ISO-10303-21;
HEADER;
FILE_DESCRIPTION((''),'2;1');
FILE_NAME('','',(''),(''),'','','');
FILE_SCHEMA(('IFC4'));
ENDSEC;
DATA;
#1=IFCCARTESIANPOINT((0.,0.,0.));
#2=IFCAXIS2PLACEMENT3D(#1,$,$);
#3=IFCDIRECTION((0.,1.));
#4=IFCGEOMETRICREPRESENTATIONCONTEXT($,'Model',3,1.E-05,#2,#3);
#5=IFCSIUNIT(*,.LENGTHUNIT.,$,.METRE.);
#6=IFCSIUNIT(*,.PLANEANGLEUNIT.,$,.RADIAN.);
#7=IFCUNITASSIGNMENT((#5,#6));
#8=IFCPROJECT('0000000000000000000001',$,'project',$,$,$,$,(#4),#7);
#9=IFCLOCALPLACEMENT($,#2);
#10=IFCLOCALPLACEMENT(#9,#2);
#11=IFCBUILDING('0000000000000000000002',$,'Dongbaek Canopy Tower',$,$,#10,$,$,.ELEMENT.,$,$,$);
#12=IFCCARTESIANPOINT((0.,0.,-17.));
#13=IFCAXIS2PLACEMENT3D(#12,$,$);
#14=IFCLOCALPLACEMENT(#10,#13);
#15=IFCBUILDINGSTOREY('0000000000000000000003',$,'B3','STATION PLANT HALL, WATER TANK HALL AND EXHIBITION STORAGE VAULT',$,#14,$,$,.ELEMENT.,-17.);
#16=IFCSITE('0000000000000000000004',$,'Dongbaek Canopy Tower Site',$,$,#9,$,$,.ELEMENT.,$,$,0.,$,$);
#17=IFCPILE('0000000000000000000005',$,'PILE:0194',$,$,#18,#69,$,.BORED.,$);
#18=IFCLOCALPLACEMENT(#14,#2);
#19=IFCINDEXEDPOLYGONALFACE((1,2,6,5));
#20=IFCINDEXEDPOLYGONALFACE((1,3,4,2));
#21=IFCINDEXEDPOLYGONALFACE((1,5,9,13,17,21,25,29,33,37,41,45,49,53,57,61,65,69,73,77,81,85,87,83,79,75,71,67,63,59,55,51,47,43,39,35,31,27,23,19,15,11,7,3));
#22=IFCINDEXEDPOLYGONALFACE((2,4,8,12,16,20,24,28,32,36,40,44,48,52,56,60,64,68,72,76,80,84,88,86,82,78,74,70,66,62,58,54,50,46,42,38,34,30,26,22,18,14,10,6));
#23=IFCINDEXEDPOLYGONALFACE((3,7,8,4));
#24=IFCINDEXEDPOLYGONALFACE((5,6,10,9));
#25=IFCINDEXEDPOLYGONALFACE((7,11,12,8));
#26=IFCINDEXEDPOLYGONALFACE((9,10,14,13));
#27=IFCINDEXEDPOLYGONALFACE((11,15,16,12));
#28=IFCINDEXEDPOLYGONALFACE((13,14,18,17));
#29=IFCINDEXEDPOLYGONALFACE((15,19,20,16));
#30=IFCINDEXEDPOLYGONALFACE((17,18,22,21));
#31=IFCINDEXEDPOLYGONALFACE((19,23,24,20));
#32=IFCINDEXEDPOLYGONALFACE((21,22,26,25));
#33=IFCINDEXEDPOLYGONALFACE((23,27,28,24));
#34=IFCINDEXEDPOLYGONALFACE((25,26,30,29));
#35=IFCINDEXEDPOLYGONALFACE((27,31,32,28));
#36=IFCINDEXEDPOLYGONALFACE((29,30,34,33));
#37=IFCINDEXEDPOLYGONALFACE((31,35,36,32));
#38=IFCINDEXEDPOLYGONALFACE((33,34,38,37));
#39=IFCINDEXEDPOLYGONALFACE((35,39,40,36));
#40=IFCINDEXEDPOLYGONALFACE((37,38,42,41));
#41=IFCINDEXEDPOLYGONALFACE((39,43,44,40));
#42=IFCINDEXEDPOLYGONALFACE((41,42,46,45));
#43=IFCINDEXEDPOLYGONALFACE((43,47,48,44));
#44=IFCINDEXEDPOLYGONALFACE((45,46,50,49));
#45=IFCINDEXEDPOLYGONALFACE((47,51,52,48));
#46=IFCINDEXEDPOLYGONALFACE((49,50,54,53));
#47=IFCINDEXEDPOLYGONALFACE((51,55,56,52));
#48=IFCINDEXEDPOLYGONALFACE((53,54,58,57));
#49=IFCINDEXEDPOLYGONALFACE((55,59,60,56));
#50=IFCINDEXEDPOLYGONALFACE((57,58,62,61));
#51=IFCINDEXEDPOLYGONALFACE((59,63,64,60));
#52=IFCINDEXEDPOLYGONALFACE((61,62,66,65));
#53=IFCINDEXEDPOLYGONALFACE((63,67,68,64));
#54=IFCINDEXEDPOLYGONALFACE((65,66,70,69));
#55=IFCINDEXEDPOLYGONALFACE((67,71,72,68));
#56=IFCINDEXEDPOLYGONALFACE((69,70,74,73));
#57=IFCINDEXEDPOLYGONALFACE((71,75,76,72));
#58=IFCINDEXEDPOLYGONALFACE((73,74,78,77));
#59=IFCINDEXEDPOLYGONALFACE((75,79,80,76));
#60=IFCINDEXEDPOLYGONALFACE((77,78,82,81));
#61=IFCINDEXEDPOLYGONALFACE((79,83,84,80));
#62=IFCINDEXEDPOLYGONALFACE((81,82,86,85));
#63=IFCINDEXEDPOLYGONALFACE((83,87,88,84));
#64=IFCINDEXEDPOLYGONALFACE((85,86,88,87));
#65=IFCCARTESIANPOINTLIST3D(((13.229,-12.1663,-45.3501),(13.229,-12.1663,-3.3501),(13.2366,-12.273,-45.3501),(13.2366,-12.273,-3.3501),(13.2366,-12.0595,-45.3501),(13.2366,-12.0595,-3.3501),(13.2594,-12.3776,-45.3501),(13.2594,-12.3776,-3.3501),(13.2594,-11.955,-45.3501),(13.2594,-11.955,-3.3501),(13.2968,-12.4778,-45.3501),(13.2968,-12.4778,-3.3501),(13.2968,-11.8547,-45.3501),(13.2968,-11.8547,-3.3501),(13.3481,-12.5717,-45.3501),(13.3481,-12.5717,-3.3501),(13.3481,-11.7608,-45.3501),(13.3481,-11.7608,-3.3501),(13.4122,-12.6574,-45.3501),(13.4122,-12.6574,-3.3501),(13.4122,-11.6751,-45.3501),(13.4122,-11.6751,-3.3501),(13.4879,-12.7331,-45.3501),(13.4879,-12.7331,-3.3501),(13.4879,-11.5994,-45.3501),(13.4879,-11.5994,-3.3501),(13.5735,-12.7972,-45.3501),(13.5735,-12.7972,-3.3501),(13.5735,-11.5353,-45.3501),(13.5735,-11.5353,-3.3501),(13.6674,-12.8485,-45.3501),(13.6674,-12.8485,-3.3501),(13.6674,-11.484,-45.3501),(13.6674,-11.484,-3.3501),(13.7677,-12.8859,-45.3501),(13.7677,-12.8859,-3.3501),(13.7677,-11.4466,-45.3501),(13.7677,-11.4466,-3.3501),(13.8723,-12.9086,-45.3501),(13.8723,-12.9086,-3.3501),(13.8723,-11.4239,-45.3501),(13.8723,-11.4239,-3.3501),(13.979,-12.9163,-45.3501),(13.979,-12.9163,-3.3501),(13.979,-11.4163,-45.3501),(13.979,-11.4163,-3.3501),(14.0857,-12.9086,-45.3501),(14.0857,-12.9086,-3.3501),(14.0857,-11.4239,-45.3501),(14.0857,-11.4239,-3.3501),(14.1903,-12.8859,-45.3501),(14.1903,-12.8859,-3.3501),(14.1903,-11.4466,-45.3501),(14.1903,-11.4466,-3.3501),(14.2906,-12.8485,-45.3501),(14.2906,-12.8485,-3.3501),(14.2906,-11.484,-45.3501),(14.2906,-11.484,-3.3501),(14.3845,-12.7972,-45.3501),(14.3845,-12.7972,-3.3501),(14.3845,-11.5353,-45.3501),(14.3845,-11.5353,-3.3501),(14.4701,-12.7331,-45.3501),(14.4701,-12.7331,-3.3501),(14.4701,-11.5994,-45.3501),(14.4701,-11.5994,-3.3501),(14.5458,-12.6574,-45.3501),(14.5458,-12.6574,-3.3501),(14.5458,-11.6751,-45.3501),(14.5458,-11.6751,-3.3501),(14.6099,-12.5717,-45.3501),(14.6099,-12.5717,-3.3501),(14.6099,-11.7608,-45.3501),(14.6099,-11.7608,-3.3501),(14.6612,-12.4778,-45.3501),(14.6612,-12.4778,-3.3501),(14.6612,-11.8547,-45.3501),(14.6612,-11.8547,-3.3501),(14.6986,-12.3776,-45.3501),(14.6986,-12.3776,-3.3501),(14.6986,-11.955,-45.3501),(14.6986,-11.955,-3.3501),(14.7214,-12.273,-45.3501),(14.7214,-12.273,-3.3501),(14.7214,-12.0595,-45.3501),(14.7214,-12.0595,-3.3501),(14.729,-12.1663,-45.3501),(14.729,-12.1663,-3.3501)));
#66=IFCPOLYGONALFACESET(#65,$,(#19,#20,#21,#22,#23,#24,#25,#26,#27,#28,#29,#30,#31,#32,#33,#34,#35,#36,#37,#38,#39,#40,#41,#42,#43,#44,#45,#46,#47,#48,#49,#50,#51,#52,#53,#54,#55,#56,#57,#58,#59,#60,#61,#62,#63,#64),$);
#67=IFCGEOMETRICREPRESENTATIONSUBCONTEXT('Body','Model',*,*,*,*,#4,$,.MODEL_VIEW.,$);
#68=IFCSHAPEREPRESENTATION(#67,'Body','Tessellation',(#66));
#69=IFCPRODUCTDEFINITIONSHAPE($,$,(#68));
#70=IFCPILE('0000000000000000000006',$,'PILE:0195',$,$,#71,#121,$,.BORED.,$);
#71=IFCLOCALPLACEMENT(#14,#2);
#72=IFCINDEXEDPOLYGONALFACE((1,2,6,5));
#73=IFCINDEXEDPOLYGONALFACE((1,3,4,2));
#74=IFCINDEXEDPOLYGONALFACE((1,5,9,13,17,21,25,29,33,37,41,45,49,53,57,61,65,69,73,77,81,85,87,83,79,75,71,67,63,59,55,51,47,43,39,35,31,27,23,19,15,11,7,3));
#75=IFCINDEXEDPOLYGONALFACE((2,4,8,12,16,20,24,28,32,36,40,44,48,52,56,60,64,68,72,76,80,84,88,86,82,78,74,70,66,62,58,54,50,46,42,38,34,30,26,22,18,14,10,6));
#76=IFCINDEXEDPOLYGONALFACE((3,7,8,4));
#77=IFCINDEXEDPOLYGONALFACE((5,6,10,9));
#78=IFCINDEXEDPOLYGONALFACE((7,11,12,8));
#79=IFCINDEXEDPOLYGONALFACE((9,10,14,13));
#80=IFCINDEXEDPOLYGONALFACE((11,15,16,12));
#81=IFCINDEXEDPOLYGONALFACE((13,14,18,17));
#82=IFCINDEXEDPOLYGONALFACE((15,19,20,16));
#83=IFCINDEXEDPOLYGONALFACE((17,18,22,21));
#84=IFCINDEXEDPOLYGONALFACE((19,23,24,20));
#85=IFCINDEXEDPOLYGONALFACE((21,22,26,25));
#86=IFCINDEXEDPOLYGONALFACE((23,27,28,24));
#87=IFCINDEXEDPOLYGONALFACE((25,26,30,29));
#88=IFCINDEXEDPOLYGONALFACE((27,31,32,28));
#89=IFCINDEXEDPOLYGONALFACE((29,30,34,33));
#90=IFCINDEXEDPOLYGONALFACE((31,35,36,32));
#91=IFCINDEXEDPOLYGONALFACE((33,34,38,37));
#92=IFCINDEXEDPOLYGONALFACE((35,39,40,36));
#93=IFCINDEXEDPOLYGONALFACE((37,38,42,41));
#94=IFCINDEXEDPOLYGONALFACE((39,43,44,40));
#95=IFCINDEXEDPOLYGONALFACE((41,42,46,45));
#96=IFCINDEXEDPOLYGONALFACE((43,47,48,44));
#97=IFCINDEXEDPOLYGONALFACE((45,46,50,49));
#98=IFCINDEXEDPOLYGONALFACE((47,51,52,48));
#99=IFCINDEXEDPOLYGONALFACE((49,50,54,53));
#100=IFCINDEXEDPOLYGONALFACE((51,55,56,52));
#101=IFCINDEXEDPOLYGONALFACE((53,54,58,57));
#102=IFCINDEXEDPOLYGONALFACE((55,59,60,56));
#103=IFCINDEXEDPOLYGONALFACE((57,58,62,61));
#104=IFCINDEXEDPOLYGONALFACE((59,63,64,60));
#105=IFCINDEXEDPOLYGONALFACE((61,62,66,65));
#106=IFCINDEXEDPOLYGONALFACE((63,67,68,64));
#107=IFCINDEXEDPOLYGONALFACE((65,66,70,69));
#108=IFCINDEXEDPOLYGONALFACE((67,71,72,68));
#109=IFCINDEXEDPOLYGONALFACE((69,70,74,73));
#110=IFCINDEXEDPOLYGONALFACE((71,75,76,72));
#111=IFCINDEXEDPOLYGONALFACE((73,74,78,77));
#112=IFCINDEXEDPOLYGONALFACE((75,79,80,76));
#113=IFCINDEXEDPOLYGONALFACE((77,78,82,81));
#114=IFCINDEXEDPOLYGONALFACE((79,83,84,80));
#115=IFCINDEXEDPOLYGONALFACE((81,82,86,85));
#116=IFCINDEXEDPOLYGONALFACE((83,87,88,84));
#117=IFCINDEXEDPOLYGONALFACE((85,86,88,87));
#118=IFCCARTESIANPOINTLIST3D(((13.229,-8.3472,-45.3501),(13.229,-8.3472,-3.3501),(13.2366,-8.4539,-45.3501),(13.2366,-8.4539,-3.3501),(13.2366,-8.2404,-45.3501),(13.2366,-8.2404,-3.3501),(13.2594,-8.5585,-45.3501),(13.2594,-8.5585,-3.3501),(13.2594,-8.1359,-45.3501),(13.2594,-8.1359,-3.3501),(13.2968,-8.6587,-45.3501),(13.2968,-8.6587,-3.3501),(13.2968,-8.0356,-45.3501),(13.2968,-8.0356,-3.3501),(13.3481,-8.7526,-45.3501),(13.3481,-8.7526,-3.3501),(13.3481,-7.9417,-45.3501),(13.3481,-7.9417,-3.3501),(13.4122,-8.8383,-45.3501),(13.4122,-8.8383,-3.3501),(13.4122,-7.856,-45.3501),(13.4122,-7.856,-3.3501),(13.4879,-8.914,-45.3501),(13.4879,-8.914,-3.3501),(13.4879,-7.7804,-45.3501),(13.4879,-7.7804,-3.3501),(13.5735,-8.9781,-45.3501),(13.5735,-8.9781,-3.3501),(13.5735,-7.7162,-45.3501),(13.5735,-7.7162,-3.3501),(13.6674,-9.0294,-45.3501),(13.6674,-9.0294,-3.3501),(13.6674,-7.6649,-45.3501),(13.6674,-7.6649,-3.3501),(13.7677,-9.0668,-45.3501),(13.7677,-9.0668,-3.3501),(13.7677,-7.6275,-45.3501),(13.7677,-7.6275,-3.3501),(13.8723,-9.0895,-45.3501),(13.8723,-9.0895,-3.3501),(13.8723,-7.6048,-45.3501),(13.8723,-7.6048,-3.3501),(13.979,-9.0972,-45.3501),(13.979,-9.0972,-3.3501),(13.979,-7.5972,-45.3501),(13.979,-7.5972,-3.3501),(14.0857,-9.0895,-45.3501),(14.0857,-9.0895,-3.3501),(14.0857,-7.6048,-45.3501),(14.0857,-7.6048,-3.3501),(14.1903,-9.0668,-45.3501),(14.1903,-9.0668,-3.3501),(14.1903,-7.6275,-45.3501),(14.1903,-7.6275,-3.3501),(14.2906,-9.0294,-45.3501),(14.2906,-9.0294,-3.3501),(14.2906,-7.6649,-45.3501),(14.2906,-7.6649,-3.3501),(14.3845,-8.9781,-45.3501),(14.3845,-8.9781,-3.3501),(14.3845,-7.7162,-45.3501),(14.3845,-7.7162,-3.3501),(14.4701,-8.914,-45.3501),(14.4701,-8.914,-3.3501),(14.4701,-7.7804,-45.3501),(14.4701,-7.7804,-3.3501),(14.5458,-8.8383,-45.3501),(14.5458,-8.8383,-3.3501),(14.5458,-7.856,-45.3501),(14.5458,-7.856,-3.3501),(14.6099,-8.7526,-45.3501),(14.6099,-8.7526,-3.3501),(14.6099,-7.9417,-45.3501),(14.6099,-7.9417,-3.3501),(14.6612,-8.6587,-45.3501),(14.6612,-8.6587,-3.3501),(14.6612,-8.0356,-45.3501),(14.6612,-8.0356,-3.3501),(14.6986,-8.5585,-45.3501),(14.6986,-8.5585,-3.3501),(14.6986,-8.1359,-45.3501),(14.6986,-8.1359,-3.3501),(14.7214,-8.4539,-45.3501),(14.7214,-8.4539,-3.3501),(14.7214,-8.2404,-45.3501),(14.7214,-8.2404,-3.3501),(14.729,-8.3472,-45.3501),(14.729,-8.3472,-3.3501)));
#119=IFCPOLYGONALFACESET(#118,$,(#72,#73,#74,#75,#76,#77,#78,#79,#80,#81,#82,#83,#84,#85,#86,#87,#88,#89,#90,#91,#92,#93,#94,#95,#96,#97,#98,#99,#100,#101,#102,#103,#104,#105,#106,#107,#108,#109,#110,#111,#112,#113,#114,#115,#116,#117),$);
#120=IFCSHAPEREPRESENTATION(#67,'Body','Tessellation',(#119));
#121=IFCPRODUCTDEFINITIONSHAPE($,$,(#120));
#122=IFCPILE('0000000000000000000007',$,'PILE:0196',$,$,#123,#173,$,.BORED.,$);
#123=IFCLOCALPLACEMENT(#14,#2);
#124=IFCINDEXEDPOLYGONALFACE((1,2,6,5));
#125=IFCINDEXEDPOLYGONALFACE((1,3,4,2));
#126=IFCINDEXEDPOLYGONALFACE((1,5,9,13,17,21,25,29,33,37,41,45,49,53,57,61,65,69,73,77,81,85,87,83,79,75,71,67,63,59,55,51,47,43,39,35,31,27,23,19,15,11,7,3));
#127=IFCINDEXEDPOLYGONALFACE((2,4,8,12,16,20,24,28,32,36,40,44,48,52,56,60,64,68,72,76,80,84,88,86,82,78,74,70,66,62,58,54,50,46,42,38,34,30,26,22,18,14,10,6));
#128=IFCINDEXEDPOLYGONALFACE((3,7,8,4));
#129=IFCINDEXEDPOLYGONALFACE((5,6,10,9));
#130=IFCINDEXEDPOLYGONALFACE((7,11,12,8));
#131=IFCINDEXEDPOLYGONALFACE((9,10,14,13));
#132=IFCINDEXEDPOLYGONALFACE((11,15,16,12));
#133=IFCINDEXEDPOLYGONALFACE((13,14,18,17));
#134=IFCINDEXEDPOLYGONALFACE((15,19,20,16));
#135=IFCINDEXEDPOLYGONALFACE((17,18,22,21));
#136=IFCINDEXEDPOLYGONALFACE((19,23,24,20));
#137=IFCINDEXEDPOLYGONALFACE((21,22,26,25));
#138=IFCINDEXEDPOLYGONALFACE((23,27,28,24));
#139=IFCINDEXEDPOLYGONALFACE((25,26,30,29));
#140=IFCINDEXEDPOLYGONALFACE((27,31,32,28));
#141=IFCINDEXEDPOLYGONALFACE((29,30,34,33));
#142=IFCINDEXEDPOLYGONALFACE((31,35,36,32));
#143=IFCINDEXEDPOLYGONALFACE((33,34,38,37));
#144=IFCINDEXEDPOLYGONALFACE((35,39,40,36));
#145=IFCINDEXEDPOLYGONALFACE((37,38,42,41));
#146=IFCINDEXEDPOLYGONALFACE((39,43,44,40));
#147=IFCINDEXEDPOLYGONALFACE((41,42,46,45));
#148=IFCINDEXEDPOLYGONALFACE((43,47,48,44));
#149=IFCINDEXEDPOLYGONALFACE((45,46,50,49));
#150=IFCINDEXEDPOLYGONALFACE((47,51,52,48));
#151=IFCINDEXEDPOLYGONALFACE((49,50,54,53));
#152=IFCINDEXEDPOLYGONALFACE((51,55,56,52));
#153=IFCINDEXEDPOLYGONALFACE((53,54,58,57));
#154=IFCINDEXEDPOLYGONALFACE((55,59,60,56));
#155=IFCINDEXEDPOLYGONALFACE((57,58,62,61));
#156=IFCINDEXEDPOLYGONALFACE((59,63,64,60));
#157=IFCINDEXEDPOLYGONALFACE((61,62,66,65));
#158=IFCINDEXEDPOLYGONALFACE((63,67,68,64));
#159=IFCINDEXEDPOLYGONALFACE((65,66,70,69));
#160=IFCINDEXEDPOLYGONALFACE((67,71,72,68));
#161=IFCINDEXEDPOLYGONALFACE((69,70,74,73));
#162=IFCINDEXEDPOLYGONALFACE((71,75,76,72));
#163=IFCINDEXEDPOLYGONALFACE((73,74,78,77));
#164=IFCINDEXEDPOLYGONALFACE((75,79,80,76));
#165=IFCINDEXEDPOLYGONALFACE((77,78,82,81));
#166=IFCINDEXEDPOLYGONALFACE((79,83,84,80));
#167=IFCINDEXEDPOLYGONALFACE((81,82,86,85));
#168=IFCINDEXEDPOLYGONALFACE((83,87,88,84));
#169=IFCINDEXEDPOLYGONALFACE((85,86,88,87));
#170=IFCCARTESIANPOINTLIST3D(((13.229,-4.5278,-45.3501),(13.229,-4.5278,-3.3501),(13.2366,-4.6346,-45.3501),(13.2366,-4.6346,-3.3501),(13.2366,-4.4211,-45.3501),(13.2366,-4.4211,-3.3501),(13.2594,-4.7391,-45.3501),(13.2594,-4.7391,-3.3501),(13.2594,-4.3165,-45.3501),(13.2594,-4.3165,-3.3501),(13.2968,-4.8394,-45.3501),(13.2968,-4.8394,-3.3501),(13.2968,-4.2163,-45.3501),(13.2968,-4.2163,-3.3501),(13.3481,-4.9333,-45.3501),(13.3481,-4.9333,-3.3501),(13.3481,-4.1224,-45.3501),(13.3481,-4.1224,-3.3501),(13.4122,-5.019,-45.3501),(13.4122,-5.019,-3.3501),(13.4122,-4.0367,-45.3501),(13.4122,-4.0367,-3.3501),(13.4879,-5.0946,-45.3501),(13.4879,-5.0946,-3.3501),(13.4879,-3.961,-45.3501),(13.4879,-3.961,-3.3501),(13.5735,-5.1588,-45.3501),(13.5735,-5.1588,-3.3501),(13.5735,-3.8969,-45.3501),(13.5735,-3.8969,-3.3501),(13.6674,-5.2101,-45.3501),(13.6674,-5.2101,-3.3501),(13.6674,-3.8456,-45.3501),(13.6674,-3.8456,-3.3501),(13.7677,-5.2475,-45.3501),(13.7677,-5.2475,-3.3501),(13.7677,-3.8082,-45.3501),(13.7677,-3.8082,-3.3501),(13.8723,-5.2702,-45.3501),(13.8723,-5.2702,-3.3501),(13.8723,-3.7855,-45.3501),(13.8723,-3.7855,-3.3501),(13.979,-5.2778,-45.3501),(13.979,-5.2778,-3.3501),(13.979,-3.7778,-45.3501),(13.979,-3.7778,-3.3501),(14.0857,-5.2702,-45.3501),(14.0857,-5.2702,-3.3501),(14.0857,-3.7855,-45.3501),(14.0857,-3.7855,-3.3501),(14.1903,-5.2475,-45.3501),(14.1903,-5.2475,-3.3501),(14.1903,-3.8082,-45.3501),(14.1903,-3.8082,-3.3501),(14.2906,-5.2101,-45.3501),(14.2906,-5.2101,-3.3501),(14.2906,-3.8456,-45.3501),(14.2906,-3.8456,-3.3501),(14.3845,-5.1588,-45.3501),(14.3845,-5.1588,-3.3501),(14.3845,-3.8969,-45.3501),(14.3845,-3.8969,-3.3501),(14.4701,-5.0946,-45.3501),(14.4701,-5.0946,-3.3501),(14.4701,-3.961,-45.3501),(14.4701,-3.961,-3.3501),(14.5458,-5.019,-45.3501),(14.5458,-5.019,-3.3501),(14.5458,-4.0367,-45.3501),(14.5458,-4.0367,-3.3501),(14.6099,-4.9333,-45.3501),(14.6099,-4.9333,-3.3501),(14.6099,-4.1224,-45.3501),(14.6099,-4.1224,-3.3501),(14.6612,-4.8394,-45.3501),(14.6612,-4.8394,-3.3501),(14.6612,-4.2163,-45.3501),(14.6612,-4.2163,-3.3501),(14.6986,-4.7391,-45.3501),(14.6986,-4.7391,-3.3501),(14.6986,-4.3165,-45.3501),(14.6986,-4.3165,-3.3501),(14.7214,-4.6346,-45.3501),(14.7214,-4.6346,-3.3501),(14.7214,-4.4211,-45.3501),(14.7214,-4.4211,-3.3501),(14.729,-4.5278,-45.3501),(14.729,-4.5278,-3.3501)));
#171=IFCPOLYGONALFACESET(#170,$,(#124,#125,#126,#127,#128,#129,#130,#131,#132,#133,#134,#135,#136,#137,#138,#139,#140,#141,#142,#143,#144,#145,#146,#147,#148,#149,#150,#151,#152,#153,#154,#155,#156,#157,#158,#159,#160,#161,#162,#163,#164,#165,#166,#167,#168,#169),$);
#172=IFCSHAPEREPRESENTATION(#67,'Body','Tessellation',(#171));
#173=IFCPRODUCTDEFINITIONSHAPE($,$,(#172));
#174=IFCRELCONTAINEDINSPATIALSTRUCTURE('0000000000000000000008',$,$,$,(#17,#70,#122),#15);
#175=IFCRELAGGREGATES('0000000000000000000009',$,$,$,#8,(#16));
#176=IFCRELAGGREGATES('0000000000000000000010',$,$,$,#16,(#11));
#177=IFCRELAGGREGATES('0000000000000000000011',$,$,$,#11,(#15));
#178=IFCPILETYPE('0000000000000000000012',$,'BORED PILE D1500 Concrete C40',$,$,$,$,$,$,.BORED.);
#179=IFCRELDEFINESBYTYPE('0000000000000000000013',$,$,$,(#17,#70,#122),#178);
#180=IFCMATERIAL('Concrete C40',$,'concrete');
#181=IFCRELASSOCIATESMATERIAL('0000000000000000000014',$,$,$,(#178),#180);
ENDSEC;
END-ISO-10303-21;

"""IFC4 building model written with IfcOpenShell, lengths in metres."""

from ifc_helpers import new_model, si_unit, direction, frame, origin, origin_2d, place, context, subcontext, project, spatial, circle, extrude, material, material_profile, profile_set, type_object, element, save


model = new_model("IFC4")

# Units and contexts
model_context = context("Model", 3, precision=1e-05, world=origin(), true_north=direction((0.0, 1.0)))
body_context = subcontext(model_context, "Body", "Model", "MODEL_VIEW")
ifc_project = project(units=[si_unit("LENGTHUNIT", "METRE"), si_unit("PLANEANGLEUNIT", "RADIAN")], contexts=[model_context])

# Site, building, storey
site_placement = place(None, origin())
site = spatial("IfcSite", under=ifc_project, at=site_placement, Name="Dongbaek Canopy Tower Site", CompositionType="ELEMENT", RefElevation=0.0)
building_placement = place(site_placement, origin())
building = spatial("IfcBuilding", under=site, at=building_placement, Name="Dongbaek Canopy Tower", CompositionType="ELEMENT")
storey_placement = place(building_placement, frame((0.0, 0.0, -17.0)))
storey = spatial("IfcBuildingStorey", under=building, at=storey_placement, Name="B3", Description="STATION PLANT HALL, WATER TANK HALL AND EXHIBITION STORAGE VAULT", CompositionType="ELEMENT", Elevation=-17.0)

# Piles
ifc_material_1 = material(Name="Concrete C40", Category="concrete")
ifc_material_profile = material_profile(ifc_material_1, circle(Radius=0.75, at=origin_2d()), Name="BORED PILE D1500 Concrete C40")
ifc_profile_set = profile_set([ifc_material_profile], Name="Concrete C40")
pile_type = type_object("IfcPileType", Name="BORED PILE D1500 Concrete C40", PredefinedType="BORED", material=ifc_profile_set)
for number, where, z_axis, x_axis, name in (
    (1, (13.979, -12.1663, -3.3501), (0.0, 0.0, -1.0), (1.0, 0.0, 0.0), "PILE:0194"),
    (2, (13.979, -8.3472, -3.3501), (0.0, 0.0, -1.0), (1.0, 0.0, 0.0), "PILE:0195"),
    (3, (13.979, -4.5278, -3.3501), (0.0, 0.0, -1.0), (1.0, 0.0, 0.0), "PILE:0196"),
):
    element("IfcPile", number, at=place(storey_placement, frame(where, z_axis=z_axis, x_axis=x_axis)), inside=storey, type_object=pile_type, Name=name, PredefinedType="BORED", context=body_context, shape_type="SweptSolid", body=[
        extrude(circle(Radius=0.75, at=origin_2d()), origin(), (0.0, 0.0, 1.0), 42.0),
    ])

save(model, "model.ifc")
